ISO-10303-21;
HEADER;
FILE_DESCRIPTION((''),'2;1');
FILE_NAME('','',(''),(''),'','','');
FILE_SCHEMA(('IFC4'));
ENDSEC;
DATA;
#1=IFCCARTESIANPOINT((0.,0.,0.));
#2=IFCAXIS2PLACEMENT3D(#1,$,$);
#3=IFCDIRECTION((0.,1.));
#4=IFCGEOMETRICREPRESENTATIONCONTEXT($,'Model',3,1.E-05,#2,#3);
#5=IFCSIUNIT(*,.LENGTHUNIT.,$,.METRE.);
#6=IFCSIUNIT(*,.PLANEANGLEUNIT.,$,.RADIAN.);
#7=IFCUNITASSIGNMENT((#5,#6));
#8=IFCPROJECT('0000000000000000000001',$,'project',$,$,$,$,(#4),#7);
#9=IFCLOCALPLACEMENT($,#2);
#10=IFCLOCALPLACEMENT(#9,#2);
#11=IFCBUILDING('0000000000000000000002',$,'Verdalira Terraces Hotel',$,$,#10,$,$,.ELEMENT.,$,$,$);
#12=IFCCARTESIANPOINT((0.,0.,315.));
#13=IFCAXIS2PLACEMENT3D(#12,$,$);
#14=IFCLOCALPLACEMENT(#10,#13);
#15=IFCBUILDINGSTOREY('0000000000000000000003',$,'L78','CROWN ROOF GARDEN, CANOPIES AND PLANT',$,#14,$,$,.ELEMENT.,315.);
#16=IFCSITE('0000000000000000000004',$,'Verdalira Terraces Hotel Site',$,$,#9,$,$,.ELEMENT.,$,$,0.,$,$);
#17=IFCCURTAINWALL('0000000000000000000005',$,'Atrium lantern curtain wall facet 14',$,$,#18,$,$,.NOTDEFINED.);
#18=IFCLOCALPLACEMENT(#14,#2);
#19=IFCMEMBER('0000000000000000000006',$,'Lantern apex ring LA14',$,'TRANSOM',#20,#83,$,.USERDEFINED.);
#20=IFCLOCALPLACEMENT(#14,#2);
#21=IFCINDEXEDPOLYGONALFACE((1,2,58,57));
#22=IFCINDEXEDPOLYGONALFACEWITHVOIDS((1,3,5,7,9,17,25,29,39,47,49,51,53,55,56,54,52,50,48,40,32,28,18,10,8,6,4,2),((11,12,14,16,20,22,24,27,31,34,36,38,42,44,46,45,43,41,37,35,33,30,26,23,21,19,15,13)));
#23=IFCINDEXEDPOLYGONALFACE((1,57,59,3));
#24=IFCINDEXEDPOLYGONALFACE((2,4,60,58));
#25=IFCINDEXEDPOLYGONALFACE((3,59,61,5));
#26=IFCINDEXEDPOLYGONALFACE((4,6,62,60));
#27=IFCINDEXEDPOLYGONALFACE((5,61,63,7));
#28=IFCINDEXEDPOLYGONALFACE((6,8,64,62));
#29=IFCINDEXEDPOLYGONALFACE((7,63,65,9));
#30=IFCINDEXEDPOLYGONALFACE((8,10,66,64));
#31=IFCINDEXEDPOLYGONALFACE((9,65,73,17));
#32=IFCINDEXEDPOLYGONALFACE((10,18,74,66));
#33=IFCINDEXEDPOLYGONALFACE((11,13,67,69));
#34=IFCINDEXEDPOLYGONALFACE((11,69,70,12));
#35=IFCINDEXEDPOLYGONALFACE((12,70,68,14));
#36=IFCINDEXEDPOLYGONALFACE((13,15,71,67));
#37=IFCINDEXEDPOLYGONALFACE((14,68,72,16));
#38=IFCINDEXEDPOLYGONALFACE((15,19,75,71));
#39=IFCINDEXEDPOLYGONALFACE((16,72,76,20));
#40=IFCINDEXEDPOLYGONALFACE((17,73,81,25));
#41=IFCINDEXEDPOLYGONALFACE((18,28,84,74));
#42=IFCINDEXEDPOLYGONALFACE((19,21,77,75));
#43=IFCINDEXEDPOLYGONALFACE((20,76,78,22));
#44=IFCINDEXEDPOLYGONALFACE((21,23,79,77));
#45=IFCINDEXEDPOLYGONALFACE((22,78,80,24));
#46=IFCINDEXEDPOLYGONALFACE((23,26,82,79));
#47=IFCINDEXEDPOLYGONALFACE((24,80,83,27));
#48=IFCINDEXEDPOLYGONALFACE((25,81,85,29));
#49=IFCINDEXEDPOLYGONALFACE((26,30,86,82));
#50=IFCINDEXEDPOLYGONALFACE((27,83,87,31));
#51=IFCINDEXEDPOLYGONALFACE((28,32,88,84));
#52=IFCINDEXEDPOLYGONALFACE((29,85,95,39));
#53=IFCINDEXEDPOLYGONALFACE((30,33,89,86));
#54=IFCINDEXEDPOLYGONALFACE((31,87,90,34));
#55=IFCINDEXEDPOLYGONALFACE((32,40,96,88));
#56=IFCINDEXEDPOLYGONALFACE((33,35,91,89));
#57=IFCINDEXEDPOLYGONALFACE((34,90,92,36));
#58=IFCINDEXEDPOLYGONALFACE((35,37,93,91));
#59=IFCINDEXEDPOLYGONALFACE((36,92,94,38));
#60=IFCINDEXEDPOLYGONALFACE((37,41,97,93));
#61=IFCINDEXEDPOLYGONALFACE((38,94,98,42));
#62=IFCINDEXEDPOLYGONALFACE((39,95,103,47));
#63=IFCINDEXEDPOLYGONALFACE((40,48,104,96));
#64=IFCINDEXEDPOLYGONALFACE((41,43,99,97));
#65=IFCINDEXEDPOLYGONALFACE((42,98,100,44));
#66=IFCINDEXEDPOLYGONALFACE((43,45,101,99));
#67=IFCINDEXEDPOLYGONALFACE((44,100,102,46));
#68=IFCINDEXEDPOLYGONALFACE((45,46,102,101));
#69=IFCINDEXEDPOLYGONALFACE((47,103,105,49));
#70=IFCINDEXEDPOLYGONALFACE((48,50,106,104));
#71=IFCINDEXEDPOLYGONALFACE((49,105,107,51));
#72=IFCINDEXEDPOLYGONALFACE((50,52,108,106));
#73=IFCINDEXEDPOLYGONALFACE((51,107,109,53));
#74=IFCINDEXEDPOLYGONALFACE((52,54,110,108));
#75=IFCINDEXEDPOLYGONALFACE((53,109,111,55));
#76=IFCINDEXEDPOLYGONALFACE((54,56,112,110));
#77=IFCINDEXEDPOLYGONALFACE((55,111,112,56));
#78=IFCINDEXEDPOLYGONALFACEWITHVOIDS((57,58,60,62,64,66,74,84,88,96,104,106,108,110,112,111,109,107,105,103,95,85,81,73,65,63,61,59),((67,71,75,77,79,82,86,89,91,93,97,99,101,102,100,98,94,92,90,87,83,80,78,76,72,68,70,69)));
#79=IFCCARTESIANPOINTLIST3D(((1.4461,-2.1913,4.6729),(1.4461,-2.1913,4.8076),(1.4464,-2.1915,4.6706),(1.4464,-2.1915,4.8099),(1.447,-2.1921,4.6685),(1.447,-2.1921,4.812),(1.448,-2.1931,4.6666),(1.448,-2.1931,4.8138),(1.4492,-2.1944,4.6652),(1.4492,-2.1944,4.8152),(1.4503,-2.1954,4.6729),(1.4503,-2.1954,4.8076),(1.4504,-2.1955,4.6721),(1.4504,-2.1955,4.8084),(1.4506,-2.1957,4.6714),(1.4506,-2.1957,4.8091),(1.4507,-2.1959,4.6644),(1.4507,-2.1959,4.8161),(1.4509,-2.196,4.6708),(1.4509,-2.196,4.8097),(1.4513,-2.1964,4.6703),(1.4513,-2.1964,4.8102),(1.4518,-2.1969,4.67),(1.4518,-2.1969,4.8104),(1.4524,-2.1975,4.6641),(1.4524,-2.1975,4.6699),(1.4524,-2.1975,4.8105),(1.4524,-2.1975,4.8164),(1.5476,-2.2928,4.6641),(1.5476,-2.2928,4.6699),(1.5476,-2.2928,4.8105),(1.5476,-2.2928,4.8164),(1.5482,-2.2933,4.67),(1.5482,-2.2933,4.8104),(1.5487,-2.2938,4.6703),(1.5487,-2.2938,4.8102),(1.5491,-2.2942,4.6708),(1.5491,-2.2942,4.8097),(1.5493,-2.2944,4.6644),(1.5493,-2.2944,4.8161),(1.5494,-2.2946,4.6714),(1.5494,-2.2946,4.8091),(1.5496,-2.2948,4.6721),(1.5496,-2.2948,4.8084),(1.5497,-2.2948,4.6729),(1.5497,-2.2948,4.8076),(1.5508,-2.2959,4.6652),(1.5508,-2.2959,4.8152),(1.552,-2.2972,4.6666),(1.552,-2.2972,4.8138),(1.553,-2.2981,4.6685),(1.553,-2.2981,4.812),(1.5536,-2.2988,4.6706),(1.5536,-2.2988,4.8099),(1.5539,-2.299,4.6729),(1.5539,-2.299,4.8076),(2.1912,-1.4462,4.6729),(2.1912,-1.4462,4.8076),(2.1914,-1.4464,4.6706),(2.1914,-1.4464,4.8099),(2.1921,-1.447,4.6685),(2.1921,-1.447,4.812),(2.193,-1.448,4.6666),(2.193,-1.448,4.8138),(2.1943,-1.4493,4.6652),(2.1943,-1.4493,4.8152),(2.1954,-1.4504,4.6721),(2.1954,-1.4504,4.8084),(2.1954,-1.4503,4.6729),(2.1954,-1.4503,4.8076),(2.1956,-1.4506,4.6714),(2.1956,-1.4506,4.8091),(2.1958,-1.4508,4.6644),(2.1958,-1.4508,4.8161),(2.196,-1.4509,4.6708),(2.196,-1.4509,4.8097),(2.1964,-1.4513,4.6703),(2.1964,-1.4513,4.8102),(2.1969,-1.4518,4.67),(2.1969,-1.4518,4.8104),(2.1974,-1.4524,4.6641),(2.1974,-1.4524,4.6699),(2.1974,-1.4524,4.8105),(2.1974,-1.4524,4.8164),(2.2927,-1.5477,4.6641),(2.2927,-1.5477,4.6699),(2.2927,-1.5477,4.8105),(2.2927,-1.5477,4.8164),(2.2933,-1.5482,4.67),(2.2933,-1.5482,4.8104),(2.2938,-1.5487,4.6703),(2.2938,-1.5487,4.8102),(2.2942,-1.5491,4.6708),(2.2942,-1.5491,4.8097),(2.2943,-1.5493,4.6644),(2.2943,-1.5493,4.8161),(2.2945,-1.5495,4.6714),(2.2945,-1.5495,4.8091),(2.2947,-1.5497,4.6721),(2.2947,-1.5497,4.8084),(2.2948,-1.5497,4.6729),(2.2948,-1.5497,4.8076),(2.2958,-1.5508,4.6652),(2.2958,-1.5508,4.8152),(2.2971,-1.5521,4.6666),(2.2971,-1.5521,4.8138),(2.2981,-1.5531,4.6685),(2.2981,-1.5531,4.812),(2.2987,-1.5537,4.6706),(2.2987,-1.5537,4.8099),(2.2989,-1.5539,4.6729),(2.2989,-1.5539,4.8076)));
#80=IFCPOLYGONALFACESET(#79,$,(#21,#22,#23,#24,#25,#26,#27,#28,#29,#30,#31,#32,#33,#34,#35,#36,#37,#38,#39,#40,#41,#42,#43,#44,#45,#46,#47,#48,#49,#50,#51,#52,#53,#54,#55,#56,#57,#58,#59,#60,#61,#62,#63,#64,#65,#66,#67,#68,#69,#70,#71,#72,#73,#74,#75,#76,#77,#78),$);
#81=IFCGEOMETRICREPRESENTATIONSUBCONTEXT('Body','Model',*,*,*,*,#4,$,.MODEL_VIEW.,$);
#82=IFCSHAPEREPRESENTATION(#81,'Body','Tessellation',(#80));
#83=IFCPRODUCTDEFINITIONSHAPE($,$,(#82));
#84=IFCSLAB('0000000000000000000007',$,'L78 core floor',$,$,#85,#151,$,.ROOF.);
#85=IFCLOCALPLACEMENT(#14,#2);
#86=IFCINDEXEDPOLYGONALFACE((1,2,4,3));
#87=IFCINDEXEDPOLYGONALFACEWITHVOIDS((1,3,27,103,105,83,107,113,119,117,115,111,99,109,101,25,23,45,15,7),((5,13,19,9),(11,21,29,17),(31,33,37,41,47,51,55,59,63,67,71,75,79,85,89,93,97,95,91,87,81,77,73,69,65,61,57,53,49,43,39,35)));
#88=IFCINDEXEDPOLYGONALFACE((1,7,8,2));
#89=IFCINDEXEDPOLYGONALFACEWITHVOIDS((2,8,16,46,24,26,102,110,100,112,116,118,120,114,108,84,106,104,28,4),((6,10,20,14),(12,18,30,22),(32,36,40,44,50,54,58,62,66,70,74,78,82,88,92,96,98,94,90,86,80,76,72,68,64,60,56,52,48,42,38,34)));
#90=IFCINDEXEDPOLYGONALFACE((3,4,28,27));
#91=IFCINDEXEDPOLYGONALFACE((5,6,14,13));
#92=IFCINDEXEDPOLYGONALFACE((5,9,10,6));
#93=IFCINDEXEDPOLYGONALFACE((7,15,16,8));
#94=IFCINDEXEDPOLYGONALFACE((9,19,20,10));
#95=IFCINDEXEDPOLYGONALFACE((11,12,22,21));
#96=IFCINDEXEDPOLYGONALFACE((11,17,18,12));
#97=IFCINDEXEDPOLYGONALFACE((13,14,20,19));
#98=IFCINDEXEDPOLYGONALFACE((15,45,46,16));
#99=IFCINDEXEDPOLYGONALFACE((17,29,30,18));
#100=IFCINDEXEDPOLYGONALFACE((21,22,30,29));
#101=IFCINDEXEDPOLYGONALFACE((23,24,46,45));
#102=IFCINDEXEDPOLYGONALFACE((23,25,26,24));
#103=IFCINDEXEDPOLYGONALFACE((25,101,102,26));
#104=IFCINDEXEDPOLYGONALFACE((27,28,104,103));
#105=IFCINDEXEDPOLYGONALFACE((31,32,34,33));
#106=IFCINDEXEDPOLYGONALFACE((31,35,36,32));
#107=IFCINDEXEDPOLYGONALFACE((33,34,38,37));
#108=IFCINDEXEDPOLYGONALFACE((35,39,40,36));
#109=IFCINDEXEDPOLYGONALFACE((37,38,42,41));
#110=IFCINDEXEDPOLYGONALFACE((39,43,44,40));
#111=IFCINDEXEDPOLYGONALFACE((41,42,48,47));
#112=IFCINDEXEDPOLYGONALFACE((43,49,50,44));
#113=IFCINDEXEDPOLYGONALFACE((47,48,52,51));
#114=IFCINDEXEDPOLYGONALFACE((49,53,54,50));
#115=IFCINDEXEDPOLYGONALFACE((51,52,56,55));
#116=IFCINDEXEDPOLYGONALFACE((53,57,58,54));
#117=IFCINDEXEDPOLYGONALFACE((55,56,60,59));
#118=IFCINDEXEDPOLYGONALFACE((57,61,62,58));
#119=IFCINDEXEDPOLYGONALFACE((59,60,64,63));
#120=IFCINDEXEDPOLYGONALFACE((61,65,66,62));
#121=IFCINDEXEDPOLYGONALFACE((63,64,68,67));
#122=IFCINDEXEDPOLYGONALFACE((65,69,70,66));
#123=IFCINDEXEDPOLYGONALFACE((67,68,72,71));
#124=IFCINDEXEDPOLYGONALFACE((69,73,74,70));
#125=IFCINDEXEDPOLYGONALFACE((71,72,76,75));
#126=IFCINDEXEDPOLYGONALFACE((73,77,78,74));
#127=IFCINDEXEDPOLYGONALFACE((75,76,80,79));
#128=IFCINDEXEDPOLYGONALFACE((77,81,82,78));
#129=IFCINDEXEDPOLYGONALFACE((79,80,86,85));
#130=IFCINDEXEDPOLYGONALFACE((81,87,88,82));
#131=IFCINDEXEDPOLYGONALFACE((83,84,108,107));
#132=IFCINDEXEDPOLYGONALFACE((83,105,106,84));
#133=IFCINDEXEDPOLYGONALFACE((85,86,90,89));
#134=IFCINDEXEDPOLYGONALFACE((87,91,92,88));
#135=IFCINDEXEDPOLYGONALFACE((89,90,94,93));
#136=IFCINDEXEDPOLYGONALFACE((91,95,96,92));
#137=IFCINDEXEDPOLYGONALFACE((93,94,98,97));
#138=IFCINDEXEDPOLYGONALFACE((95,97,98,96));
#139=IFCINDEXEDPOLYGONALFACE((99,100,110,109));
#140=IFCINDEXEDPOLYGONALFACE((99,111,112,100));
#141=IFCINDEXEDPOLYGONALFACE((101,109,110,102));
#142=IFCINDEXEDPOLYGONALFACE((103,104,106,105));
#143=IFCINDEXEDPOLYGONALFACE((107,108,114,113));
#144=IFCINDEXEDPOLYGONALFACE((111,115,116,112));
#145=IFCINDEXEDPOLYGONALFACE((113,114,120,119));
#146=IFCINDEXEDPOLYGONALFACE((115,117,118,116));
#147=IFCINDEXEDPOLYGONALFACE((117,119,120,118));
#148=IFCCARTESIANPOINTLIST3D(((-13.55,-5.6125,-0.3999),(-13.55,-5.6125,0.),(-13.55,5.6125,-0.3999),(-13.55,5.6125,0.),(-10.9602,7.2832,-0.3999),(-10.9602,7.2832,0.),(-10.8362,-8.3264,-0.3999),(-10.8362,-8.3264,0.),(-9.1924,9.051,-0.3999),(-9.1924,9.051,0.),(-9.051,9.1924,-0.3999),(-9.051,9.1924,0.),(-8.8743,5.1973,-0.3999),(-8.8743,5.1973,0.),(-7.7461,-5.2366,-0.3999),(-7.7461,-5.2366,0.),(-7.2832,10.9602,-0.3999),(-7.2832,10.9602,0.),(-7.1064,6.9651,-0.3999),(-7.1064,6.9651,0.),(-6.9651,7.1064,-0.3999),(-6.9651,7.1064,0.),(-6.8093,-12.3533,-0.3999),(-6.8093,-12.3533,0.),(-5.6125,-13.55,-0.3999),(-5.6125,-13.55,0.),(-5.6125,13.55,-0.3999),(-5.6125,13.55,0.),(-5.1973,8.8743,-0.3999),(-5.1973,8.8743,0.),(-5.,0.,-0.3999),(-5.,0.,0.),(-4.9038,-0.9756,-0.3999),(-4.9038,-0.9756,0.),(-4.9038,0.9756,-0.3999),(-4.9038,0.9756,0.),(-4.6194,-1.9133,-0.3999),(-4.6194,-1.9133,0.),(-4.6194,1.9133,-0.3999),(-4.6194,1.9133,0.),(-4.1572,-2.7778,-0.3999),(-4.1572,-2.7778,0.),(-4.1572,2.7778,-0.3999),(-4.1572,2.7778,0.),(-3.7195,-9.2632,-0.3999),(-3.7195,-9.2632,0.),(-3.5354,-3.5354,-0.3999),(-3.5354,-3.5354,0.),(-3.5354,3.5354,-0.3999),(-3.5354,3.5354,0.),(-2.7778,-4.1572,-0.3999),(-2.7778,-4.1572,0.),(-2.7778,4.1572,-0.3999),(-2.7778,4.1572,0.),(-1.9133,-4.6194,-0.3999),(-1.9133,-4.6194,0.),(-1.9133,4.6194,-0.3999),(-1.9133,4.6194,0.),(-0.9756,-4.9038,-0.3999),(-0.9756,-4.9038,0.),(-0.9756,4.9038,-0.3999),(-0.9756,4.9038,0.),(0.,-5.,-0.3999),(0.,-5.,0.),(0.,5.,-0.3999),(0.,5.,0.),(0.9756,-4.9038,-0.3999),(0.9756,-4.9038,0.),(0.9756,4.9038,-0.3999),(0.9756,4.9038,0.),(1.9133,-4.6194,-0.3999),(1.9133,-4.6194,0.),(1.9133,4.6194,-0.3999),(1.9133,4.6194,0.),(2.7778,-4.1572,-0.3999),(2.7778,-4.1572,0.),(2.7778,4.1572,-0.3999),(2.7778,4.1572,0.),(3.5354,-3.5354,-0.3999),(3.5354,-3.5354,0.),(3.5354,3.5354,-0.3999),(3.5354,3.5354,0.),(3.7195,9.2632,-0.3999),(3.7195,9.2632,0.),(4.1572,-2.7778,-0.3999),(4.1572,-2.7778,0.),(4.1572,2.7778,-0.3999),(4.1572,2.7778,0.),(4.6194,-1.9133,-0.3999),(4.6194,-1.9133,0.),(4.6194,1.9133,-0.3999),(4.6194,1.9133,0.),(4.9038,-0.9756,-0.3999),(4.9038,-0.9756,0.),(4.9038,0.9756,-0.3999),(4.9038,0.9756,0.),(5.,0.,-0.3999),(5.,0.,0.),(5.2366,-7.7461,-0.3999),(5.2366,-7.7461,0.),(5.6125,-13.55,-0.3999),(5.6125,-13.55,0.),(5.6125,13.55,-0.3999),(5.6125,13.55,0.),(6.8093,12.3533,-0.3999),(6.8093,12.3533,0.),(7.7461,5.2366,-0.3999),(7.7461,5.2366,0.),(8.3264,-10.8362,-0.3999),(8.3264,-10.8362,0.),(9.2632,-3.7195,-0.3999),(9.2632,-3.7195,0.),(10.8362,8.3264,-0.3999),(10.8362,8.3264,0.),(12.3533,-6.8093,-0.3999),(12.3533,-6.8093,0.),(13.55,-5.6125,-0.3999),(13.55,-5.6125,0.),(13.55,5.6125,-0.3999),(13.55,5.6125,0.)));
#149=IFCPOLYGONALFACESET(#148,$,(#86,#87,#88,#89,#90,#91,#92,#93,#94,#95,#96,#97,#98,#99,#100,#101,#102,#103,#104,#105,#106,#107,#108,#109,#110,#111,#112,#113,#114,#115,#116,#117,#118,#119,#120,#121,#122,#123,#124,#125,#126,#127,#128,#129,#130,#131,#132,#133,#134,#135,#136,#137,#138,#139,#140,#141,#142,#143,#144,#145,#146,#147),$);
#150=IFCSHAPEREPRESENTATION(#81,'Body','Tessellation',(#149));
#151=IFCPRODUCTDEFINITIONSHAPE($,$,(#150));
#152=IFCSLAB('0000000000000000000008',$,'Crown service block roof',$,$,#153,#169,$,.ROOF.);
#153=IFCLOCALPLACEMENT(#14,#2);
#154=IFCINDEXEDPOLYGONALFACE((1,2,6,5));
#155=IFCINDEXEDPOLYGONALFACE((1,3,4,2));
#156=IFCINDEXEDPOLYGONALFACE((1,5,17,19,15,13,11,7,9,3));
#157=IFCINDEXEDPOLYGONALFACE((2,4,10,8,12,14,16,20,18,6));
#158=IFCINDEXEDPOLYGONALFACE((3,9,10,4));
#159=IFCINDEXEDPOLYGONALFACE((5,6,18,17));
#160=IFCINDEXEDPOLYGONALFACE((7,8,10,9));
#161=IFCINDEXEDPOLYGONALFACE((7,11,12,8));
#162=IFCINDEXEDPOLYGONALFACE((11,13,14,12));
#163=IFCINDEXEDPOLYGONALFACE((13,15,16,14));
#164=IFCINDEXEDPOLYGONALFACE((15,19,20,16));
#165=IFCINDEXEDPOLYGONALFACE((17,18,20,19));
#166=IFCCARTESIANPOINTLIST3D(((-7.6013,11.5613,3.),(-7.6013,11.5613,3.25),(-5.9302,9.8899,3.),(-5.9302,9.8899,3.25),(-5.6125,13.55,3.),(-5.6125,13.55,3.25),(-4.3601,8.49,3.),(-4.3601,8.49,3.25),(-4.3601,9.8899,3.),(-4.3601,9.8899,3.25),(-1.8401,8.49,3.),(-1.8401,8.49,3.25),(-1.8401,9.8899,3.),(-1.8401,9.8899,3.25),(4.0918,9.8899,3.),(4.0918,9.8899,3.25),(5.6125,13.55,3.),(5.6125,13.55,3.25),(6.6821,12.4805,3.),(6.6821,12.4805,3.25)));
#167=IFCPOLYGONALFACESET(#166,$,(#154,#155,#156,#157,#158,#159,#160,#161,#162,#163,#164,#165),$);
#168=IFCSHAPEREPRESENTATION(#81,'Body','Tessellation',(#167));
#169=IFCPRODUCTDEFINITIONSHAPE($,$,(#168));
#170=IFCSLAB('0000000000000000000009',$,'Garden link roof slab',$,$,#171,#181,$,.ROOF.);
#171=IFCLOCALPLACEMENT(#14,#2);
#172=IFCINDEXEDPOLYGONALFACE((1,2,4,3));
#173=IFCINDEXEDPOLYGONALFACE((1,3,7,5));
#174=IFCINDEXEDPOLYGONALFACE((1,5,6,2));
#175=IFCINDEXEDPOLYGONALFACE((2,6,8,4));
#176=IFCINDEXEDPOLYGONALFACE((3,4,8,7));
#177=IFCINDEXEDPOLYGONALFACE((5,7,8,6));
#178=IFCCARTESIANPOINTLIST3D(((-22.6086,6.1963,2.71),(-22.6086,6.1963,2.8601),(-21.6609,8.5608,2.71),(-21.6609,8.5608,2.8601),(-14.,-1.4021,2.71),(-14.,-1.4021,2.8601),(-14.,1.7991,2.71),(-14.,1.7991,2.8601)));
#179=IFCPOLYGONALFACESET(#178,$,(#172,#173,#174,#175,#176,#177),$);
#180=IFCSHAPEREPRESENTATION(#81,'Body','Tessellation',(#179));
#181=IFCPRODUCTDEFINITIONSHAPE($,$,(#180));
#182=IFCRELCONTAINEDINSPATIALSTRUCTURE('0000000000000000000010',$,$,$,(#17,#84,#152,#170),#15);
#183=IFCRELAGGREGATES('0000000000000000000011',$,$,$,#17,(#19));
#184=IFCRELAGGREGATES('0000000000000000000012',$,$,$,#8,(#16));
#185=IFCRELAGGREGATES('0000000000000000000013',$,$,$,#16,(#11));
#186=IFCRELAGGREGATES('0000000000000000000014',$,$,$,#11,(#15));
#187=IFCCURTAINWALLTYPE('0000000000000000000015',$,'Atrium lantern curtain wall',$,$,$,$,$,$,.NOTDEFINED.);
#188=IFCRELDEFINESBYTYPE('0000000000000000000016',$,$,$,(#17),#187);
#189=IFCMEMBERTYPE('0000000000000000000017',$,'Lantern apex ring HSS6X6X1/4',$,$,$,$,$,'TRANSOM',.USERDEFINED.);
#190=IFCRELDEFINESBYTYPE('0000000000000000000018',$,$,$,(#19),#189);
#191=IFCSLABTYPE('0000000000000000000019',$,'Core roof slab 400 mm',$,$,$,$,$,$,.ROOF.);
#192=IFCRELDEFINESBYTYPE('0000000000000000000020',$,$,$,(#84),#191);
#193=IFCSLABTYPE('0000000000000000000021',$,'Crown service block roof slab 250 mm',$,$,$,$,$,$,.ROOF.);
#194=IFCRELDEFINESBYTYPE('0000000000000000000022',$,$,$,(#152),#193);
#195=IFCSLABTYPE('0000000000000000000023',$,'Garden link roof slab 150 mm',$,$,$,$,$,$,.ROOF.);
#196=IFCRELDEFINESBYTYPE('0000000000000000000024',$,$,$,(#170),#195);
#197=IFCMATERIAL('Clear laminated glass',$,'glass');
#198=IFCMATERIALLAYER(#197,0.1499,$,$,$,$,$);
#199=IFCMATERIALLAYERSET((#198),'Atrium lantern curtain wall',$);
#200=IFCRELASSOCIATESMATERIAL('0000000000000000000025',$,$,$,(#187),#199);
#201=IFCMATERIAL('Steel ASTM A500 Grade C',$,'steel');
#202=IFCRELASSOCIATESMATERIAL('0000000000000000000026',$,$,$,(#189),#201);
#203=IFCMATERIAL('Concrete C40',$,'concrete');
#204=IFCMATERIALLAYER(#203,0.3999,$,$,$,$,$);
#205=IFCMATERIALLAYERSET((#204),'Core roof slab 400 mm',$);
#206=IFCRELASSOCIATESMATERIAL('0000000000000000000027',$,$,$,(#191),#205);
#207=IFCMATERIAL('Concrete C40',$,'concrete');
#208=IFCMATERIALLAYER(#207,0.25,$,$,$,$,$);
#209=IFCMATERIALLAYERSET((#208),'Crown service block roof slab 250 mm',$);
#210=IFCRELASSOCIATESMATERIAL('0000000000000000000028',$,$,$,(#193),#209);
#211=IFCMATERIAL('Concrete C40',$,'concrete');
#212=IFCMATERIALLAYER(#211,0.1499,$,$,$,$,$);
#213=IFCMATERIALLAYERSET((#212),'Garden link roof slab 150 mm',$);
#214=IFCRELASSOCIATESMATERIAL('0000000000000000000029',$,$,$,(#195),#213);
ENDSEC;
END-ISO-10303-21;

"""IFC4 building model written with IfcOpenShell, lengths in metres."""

from ifc_helpers import new_model, si_unit, direction, frame, origin, origin_2d, place, context, subcontext, project, spatial, polyline, hollow_rectangle, outline, extrude, material, layer, layer_set, material_profile, profile_set, type_object, element, aggregate, save


model = new_model("IFC4")

# Units and contexts
model_context = context("Model", 3, precision=1e-05, world=origin(), true_north=direction((0.0, 1.0)))
body_context = subcontext(model_context, "Body", "Model", "MODEL_VIEW")
ifc_project = project(units=[si_unit("LENGTHUNIT", "METRE"), si_unit("PLANEANGLEUNIT", "RADIAN")], contexts=[model_context])

# Site, building, storey
site_placement = place(None, origin())
site = spatial("IfcSite", under=ifc_project, at=site_placement, Name="Verdalira Terraces Hotel Site", CompositionType="ELEMENT", RefElevation=0.0)
building_placement = place(site_placement, origin())
building = spatial("IfcBuilding", under=site, at=building_placement, Name="Verdalira Terraces Hotel", CompositionType="ELEMENT")
storey_placement = place(building_placement, frame((0.0, 0.0, 315.0)))
storey = spatial("IfcBuildingStorey", under=building, at=storey_placement, Name="L78", Description="CROWN ROOF GARDEN, CANOPIES AND PLANT", CompositionType="ELEMENT", Elevation=315.0)

# Curtain wall, member
ifc_material_1 = material(Name="Clear laminated glass", Category="glass")
ifc_layer_1 = layer(ifc_material_1, 0.1499)
ifc_layer_set_1 = layer_set([ifc_layer_1], Name="Atrium lantern curtain wall")
curtain_wall_type = type_object("IfcCurtainWallType", Name="Atrium lantern curtain wall", PredefinedType="NOTDEFINED", material=ifc_layer_set_1)
ifc_material_2 = material(Name="Steel ASTM A500 Grade C", Category="steel")
ifc_material_profile = material_profile(ifc_material_2, hollow_rectangle(XDim=0.1523, YDim=0.1523, WallThickness=0.0059, InnerFilletRadius=0.0029, OuterFilletRadius=0.0088, at=origin_2d()), Name="HSS6X6X1/4")
ifc_profile_set = profile_set([ifc_material_profile], Name="Steel ASTM A500 Grade C")
member_type = type_object("IfcMemberType", Name="Lantern apex ring HSS6X6X1/4", ElementType="TRANSOM", PredefinedType="USERDEFINED", material=ifc_profile_set)
curtain_wall_1_placement = place(storey_placement, origin())
curtain_wall_1 = element("IfcCurtainWall", 1, at=curtain_wall_1_placement, inside=storey, type_object=curtain_wall_type, Name="Atrium lantern curtain wall facet 14", PredefinedType="NOTDEFINED")
member_1_placement = place(storey_placement, frame((1.5, -2.2451, 4.7402), z_axis=(0.707107, 0.707107, 0.0), x_axis=(-0.707107, 0.707107, 0.0)))
member_1 = element("IfcMember", 2, at=member_1_placement, type_object=member_type, Name="Lantern apex ring LA14", ObjectType="TRANSOM", PredefinedType="USERDEFINED", context=body_context, shape_type="SweptSolid", body=[
    extrude(hollow_rectangle(XDim=0.1523, YDim=0.1523, WallThickness=0.0059, InnerFilletRadius=0.0029, OuterFilletRadius=0.0088, at=origin_2d()), origin(), (0.0, 0.0, 1.0), 1.0537),
])
aggregate(curtain_wall_1, [member_1])

# Slabs
ifc_material_3 = material(Name="Concrete C40", Category="concrete")
ifc_layer_2 = layer(ifc_material_3, 0.3999)
ifc_layer_set_2 = layer_set([ifc_layer_2], Name="Core roof slab 400 mm")
slab_type_1 = type_object("IfcSlabType", Name="Core roof slab 400 mm", PredefinedType="ROOF", material=ifc_layer_set_2)
slab_1_placement = place(storey_placement, frame((0.0, 0.0, -0.3999)))
element("IfcSlab", 3, at=slab_1_placement, inside=storey, type_object=slab_type_1, Name="L78 core floor", PredefinedType="ROOF", context=body_context, shape_type="SweptSolid", body=[
    extrude(outline(polyline([(-5.6125, 13.55), (5.6125, 13.55), (6.8093, 12.3533), (3.7195, 9.2632), (7.7461, 5.2366), (10.8362, 8.3264), (13.55, 5.6125), (13.55, -5.6125), (12.3533, -6.8093), (9.2632, -3.7195), (5.2366, -7.7461), (8.3264, -10.8362), (5.6125, -13.55), (-5.6125, -13.55), (-6.8093, -12.3533), (-3.7195, -9.2632), (-7.7461, -5.2366), (-10.8362, -8.3264), (-13.55, -5.6125), (-13.55, 5.6125), (-5.6125, 13.55)]), holes=[polyline([(-9.051, 9.1924), (-6.9651, 7.1064), (-5.1973, 8.8743), (-7.2832, 10.9602), (-9.051, 9.1924)]), polyline([(-9.1924, 9.051), (-10.9602, 7.2832), (-8.8743, 5.1973), (-7.1064, 6.9651), (-9.1924, 9.051)]), polyline([(3.5354, 3.5354), (2.7778, 4.1572), (1.9133, 4.6194), (0.9756, 4.9038), (0.0, 5.0), (-0.9756, 4.9038), (-1.9133, 4.6194), (-2.7778, 4.1572), (-3.5354, 3.5354), (-4.1572, 2.7778), (-4.6194, 1.9133), (-4.9038, 0.9756), (-5.0, 0.0), (-4.9038, -0.9756), (-4.6194, -1.9133), (-4.1572, -2.7778), (-3.5354, -3.5354), (-2.7778, -4.1572), (-1.9133, -4.6194), (-0.9756, -4.9038), (0.0, -5.0), (0.9756, -4.9038), (1.9133, -4.6194), (2.7778, -4.1572), (3.5354, -3.5354), (4.1572, -2.7778), (4.6194, -1.9133), (4.9038, -0.9756), (5.0, 0.0), (4.9038, 0.9756), (4.6194, 1.9133), (4.1572, 2.7778), (3.5354, 3.5354)])]), origin(), (0.0, 0.0, 1.0), 0.3999),
])
ifc_material_4 = material(Name="Concrete C40", Category="concrete")
ifc_layer_3 = layer(ifc_material_4, 0.25)
ifc_layer_set_3 = layer_set([ifc_layer_3], Name="Crown service block roof slab 250 mm")
slab_type_2 = type_object("IfcSlabType", Name="Crown service block roof slab 250 mm", PredefinedType="ROOF", material=ifc_layer_set_3)
slab_2_placement = place(storey_placement, frame((0.0, 0.0, 3.0)))
element("IfcSlab", 4, at=slab_2_placement, inside=storey, type_object=slab_type_2, Name="Crown service block roof", PredefinedType="ROOF", context=body_context, shape_type="SweptSolid", body=[
    extrude(outline(polyline([(-4.3601, 8.49), (-4.3601, 9.8899), (-5.9302, 9.8899), (-7.6013, 11.5613), (-5.6125, 13.55), (5.6125, 13.55), (6.6821, 12.4805), (4.0918, 9.8899), (-1.8401, 9.8899), (-1.8401, 8.49), (-4.3601, 8.49)])), origin(), (0.0, 0.0, 1.0), 0.25),
])
ifc_material_5 = material(Name="Concrete C40", Category="concrete")
ifc_layer_4 = layer(ifc_material_5, 0.1499)
ifc_layer_set_4 = layer_set([ifc_layer_4], Name="Garden link roof slab 150 mm")
slab_type_3 = type_object("IfcSlabType", Name="Garden link roof slab 150 mm", PredefinedType="ROOF", material=ifc_layer_set_4)
slab_3_placement = place(storey_placement, frame((0.0, 0.0, 2.71)))
element("IfcSlab", 5, at=slab_3_placement, inside=storey, type_object=slab_type_3, Name="Garden link roof slab", PredefinedType="ROOF", context=body_context, shape_type="SweptSolid", body=[
    extrude(outline(polyline([(-14.0, -1.4021), (-22.6086, 6.1963), (-21.6609, 8.5608), (-14.0, 1.7991), (-14.0, -1.4021)])), origin(), (0.0, 0.0, 1.0), 0.1501),
])

save(model, "model.ifc")
